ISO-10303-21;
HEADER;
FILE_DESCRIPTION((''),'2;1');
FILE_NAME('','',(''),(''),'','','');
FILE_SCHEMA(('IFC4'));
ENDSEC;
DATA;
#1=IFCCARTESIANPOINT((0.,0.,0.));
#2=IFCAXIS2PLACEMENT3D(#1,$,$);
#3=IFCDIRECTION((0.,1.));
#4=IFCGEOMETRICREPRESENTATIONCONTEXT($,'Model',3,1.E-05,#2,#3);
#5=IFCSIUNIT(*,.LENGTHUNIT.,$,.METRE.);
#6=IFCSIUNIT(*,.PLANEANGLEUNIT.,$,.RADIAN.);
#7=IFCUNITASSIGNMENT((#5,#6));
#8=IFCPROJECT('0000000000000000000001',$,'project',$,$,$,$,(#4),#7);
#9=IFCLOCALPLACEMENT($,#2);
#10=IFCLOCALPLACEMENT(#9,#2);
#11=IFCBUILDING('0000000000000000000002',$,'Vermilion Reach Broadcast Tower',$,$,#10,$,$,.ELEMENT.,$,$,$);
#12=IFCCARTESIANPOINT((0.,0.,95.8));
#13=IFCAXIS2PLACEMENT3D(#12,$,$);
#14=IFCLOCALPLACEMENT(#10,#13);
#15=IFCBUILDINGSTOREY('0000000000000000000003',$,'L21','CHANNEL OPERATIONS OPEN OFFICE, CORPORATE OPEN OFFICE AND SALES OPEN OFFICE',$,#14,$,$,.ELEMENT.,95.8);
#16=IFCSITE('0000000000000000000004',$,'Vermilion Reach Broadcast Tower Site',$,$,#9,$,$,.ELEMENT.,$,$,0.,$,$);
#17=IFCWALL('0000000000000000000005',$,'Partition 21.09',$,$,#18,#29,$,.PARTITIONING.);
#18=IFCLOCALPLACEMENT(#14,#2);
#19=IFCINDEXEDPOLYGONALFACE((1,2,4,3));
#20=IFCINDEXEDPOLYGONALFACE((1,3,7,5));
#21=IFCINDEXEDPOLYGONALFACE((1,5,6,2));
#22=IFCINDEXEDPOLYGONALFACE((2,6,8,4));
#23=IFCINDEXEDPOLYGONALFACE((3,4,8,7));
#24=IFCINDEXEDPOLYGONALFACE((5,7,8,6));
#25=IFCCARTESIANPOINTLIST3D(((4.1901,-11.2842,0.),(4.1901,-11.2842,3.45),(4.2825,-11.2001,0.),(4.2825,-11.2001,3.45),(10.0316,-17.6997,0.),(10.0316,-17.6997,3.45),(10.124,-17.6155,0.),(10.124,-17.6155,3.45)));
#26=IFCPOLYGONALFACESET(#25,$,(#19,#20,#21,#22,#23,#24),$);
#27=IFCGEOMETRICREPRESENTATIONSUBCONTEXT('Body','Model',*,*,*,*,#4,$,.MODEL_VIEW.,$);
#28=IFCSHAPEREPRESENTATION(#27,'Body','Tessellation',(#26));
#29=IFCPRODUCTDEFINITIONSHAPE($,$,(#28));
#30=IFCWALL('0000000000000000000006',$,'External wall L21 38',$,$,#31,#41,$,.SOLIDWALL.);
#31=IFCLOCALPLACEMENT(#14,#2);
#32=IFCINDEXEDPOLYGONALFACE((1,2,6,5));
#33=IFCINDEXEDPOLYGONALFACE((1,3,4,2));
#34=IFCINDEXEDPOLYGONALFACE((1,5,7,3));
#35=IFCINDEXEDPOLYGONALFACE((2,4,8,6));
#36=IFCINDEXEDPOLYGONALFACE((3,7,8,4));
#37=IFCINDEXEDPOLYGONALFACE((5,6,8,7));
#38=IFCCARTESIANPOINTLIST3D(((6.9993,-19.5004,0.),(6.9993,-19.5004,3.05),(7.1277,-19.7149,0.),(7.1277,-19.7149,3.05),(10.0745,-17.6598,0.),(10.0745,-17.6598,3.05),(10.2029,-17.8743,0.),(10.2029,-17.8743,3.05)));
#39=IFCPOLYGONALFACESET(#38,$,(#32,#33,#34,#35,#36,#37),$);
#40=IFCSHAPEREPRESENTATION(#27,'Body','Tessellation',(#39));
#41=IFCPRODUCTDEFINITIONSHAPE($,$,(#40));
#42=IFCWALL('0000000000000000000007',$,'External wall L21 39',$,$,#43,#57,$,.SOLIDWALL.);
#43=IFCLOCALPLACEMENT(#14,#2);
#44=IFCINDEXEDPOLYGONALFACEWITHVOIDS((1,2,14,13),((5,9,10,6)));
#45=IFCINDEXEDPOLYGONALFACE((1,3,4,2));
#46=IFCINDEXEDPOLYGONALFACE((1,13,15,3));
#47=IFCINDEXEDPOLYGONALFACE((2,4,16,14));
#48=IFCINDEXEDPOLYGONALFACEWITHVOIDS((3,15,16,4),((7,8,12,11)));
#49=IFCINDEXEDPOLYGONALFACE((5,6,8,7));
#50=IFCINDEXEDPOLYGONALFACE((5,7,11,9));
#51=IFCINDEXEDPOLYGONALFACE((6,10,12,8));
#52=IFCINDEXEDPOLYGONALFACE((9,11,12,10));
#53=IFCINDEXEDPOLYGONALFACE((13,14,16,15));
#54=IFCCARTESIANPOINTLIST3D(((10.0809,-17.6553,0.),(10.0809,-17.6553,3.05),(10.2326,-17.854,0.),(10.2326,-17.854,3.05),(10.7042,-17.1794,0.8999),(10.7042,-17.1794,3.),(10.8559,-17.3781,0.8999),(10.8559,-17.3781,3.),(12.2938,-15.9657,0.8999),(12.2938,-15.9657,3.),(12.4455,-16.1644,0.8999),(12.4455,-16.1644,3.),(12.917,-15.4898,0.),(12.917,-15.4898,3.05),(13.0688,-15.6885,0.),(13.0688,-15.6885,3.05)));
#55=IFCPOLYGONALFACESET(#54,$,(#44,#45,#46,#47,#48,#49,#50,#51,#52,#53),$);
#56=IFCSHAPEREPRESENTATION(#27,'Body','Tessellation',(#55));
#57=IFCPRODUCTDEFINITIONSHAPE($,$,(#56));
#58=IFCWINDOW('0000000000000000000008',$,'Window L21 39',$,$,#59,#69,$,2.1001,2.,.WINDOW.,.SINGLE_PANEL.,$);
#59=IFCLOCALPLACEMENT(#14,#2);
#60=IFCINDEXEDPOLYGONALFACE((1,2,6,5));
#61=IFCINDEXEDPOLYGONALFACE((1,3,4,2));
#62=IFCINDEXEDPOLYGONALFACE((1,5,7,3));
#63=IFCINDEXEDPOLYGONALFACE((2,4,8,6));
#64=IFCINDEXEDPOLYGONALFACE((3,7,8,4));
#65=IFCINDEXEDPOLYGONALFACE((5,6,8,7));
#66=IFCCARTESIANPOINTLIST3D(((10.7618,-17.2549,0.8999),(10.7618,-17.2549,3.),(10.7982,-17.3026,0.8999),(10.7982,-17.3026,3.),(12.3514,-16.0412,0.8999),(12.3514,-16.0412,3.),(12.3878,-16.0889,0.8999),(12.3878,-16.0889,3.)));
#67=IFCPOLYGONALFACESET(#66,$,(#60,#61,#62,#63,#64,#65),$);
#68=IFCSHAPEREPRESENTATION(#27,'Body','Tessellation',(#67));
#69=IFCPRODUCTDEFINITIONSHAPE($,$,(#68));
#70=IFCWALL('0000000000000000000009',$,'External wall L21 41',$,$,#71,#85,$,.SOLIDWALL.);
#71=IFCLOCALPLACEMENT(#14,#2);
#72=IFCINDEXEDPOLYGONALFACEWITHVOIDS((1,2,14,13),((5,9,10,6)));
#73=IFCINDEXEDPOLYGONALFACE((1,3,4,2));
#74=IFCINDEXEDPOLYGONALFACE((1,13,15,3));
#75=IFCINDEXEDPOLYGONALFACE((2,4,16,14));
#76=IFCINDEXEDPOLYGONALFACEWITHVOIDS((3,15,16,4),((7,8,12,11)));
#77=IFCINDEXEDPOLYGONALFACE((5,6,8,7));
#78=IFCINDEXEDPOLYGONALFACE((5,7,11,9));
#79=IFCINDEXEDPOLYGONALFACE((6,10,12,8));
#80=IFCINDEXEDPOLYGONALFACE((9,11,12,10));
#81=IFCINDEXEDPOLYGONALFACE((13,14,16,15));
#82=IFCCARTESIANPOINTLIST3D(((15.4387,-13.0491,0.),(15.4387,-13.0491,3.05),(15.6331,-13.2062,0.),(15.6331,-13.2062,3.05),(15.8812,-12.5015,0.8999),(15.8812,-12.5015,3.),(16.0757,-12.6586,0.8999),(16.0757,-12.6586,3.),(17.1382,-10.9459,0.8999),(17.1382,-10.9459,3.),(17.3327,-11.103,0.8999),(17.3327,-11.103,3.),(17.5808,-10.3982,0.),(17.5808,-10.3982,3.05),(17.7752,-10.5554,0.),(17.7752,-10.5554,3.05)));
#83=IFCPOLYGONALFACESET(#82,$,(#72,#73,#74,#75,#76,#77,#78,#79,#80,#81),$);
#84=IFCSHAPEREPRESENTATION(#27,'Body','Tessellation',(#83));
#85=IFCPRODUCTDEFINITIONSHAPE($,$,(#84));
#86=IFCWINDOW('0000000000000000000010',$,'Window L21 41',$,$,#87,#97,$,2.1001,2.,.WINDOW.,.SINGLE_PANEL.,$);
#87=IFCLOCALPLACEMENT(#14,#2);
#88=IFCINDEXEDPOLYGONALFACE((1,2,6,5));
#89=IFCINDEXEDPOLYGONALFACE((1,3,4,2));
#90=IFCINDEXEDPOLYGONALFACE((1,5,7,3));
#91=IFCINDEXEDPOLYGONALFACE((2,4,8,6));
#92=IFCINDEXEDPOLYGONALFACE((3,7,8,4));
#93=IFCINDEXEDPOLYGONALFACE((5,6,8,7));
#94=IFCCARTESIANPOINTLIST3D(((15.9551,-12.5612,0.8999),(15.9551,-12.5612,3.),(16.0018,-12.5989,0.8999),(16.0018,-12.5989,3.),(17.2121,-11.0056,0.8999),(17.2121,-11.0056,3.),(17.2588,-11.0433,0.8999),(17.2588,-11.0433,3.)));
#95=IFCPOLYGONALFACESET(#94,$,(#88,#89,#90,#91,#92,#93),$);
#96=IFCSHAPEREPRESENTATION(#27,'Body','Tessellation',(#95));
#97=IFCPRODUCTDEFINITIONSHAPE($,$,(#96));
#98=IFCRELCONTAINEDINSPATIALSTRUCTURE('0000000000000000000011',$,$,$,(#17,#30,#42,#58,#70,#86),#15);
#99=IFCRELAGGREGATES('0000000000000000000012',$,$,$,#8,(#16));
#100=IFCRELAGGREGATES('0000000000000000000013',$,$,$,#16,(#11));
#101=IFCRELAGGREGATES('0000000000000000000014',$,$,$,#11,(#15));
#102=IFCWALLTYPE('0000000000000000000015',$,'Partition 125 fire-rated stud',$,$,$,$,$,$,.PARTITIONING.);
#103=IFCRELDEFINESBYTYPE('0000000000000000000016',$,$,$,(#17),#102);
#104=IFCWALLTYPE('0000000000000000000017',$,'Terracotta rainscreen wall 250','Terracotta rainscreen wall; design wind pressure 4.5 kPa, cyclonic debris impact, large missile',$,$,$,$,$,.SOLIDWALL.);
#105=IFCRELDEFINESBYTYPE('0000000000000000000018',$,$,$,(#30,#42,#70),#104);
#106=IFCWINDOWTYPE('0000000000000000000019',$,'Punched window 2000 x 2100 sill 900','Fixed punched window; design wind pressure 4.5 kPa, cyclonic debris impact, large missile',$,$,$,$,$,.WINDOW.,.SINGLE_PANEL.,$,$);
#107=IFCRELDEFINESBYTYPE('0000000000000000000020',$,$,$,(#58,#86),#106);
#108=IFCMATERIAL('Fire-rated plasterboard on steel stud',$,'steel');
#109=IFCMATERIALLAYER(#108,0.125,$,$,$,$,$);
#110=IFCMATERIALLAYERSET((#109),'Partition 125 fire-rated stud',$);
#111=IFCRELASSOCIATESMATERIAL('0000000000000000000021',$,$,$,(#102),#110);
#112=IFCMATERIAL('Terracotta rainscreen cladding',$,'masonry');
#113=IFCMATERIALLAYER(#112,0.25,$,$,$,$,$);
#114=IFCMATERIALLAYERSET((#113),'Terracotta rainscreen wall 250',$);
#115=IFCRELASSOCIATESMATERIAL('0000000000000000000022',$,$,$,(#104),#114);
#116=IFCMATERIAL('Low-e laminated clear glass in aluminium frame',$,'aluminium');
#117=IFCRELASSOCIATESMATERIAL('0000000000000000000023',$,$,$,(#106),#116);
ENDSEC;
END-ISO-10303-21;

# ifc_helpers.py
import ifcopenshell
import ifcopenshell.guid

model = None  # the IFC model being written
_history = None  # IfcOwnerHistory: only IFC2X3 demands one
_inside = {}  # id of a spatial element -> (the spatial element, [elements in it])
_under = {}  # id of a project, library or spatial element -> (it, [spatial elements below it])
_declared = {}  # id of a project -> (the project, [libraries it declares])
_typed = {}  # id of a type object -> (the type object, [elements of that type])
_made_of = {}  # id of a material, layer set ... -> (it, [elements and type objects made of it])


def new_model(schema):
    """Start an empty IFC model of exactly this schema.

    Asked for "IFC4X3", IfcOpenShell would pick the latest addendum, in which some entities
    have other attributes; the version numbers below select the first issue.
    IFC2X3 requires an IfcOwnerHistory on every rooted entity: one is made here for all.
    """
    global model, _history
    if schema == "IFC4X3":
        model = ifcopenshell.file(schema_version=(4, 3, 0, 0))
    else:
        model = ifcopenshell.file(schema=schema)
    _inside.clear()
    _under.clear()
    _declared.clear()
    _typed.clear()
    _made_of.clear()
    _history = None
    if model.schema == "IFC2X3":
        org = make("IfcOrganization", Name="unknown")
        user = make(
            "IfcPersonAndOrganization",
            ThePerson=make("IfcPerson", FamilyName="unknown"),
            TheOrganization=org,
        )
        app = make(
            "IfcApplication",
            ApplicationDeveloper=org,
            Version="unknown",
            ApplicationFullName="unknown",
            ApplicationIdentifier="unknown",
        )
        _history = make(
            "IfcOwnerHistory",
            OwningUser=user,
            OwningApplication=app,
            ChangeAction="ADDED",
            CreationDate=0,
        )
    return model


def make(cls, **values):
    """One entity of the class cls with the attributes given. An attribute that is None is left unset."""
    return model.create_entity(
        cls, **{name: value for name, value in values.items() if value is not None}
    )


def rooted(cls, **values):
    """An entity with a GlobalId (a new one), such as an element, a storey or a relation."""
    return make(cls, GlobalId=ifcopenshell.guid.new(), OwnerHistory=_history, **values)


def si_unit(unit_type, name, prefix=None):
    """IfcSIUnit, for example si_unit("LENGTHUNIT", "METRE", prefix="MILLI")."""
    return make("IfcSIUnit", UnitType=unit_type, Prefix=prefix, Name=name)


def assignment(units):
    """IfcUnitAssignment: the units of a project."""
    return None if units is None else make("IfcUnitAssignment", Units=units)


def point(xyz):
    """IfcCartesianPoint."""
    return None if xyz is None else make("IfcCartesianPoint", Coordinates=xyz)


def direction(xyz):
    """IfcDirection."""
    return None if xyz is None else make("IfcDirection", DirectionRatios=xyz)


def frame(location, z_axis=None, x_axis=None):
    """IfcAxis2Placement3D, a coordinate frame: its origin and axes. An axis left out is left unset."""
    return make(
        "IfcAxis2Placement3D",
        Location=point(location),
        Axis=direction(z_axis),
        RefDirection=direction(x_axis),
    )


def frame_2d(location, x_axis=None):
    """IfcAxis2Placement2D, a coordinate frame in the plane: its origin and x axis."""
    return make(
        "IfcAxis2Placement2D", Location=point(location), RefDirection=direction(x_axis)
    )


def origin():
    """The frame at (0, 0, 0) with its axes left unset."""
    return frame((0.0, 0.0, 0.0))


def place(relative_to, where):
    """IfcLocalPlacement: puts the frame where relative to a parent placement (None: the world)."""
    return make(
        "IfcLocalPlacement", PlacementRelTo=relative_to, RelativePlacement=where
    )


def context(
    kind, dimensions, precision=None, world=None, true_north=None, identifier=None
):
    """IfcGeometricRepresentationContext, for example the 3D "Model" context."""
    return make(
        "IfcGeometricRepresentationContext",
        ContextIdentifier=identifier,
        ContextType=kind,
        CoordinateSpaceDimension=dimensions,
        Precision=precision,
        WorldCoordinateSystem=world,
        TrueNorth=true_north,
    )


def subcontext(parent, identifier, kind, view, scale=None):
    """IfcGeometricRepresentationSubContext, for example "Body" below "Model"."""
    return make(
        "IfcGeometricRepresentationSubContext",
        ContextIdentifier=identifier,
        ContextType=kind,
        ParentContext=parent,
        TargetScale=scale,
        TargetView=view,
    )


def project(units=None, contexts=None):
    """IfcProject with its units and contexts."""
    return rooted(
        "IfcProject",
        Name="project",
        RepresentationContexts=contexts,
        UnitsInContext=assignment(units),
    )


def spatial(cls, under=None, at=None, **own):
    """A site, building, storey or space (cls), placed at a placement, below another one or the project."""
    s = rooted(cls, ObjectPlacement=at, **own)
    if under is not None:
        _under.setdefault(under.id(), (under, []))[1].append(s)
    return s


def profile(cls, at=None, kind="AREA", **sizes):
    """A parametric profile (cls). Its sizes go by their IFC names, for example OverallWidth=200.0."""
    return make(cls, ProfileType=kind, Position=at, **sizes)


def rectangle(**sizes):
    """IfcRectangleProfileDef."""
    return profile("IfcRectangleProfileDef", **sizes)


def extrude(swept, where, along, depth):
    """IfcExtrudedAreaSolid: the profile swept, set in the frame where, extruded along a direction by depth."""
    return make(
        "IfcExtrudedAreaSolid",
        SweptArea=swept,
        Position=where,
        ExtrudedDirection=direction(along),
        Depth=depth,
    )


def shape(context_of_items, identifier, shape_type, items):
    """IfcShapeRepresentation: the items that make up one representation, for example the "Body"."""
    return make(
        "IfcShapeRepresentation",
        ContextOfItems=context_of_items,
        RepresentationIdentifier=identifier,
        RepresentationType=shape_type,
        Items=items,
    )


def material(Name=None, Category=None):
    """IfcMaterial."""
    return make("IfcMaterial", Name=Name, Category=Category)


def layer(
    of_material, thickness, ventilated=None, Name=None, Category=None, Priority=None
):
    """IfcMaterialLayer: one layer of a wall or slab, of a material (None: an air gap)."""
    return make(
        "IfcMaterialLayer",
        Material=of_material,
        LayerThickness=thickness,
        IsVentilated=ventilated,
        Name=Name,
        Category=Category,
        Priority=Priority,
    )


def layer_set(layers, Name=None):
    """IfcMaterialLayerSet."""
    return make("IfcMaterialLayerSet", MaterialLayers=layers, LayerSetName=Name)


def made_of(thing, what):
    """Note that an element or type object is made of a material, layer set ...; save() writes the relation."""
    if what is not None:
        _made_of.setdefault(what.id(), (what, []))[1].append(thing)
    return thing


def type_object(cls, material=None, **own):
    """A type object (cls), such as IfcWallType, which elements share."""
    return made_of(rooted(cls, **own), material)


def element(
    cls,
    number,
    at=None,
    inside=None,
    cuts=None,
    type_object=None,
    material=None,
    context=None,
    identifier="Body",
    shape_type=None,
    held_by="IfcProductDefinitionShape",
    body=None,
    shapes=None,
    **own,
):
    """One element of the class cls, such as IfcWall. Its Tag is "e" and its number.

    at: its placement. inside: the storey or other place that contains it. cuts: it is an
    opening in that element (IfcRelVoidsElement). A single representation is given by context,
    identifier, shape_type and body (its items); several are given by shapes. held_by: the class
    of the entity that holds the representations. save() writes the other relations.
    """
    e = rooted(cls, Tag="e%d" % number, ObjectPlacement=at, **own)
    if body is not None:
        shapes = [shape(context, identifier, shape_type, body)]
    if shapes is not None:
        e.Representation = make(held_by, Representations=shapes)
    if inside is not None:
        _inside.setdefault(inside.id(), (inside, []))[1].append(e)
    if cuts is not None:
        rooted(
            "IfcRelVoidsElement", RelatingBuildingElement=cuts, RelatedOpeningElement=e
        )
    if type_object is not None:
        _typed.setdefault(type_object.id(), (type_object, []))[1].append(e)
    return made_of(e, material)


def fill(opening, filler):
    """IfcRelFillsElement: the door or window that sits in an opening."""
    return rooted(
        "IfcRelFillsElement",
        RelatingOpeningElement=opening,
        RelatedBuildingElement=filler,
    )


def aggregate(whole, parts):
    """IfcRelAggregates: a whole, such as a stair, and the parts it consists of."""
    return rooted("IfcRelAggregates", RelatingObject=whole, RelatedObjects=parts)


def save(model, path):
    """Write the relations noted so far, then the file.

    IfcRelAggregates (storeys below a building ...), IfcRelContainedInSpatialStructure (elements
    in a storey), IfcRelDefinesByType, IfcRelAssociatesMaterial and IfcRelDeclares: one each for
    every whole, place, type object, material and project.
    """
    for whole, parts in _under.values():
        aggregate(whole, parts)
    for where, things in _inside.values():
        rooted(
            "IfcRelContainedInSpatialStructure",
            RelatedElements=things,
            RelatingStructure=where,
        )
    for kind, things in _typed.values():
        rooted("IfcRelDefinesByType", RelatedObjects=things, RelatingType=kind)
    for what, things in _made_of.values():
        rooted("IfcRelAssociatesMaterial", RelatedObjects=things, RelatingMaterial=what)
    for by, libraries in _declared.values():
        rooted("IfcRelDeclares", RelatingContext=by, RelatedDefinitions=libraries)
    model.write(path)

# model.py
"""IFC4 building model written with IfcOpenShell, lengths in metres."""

from ifc_helpers import new_model, si_unit, direction, frame, frame_2d, origin, place, context, subcontext, project, spatial, rectangle, extrude, material, layer, layer_set, type_object, element, fill, save


model = new_model("IFC4")

# Units and contexts
model_context = context("Model", 3, precision=1e-05, world=origin(), true_north=direction((0.0, 1.0)))
body_context = subcontext(model_context, "Body", "Model", "MODEL_VIEW")
ifc_project = project(units=[si_unit("LENGTHUNIT", "METRE"), si_unit("PLANEANGLEUNIT", "RADIAN")], contexts=[model_context])

# Site, building, storey
site_placement = place(None, origin())
site = spatial("IfcSite", under=ifc_project, at=site_placement, Name="Vermilion Reach Broadcast Tower Site", CompositionType="ELEMENT", RefElevation=0.0)
building_placement = place(site_placement, origin())
building = spatial("IfcBuilding", under=site, at=building_placement, Name="Vermilion Reach Broadcast Tower", CompositionType="ELEMENT")
storey_placement = place(building_placement, frame((0.0, 0.0, 95.8)))
storey = spatial("IfcBuildingStorey", under=building, at=storey_placement, Name="L21", Description="CHANNEL OPERATIONS OPEN OFFICE, CORPORATE OPEN OFFICE AND SALES OPEN OFFICE", CompositionType="ELEMENT", Elevation=95.8)

# Walls
ifc_material_1 = material(Name="Fire-rated plasterboard on steel stud", Category="steel")
ifc_layer_1 = layer(ifc_material_1, 0.125)
ifc_layer_set_1 = layer_set([ifc_layer_1], Name="Partition 125 fire-rated stud")
wall_type_1 = type_object("IfcWallType", Name="Partition 125 fire-rated stud", PredefinedType="PARTITIONING", material=ifc_layer_set_1)
wall_1_placement = place(storey_placement, frame((10.0779, -17.6577, 0.0), z_axis=(0.0, 0.0, 1.0), x_axis=(-0.673257, 0.739409, 0.0)))
element("IfcWall", 1, at=wall_1_placement, inside=storey, type_object=wall_type_1, Name="Partition 21.09", PredefinedType="PARTITIONING", context=body_context, shape_type="SweptSolid", body=[
    extrude(rectangle(XDim=8.6765, YDim=0.125, at=frame_2d((4.3384, 0.0))), origin(), (0.0, 0.0, 1.0), 3.45),
])
ifc_material_2 = material(Name="Terracotta rainscreen cladding", Category="masonry")
ifc_layer_2 = layer(ifc_material_2, 0.25)
ifc_layer_set_2 = layer_set([ifc_layer_2], Name="Terracotta rainscreen wall 250")
wall_type_2 = type_object("IfcWallType", Name="Terracotta rainscreen wall 250", Description="Terracotta rainscreen wall; design wind pressure 4.5 kPa, cyclonic debris impact, large missile", PredefinedType="SOLIDWALL", material=ifc_layer_set_2)
wall_2_placement = place(storey_placement, frame((7.0635, -19.6077, 0.0), z_axis=(0.0, 0.0, 1.0), x_axis=(0.858051, 0.513564, 0.0)))
element("IfcWall", 2, at=wall_2_placement, inside=storey, type_object=wall_type_2, Name="External wall L21 38", PredefinedType="SOLIDWALL", context=body_context, shape_type="SweptSolid", body=[
    extrude(rectangle(XDim=3.584, YDim=0.25, at=frame_2d((1.792, 0.0))), origin(), (0.0, 0.0, 1.0), 3.05),
])

# Wall, opening, window
wall_3_placement = place(storey_placement, frame((10.1567, -17.7546, 0.0), z_axis=(0.0, 0.0, 1.0), x_axis=(0.794806, 0.606863, 0.0)))
wall_3 = element("IfcWall", 3, at=wall_3_placement, inside=storey, type_object=wall_type_2, Name="External wall L21 39", PredefinedType="SOLIDWALL", context=body_context, shape_type="SweptSolid", body=[
    extrude(rectangle(XDim=3.5684, YDim=0.25, at=frame_2d((1.7842, 0.0))), origin(), (0.0, 0.0, 1.0), 3.05),
])
opening_1_placement = place(wall_3_placement, frame((0.7842, 0.0, 0.8999)))
opening_1 = element("IfcOpeningElement", 4, at=opening_1_placement, cuts=wall_3, PredefinedType="OPENING", context=body_context, shape_type="SweptSolid", body=[
    extrude(rectangle(XDim=2.0, YDim=2.1001, at=frame_2d((1.0, 1.05))), frame((0.0, 0.135, 0.0), z_axis=(0.0, -1.0, 0.0), x_axis=(1.0, 0.0, 0.0)), (0.0, 0.0, 1.0), 0.27),
])
ifc_material_3 = material(Name="Low-e laminated clear glass in aluminium frame", Category="aluminium")
window_type = type_object("IfcWindowType", Name="Punched window 2000 x 2100 sill 900", Description="Fixed punched window; design wind pressure 4.5 kPa, cyclonic debris impact, large missile", PartitioningType="SINGLE_PANEL", PredefinedType="WINDOW", material=ifc_material_3)
window_1_placement = place(opening_1_placement, origin())
window_1 = element("IfcWindow", 5, at=window_1_placement, inside=storey, type_object=window_type, Name="Window L21 39", OverallHeight=2.1001, OverallWidth=2.0, PartitioningType="SINGLE_PANEL", PredefinedType="WINDOW", context=body_context, shape_type="SweptSolid", body=[
    extrude(rectangle(XDim=2.0, YDim=2.1001, at=frame_2d((1.0, 1.05))), frame((0.0, 0.03, 0.0), z_axis=(0.0, -1.0, 0.0), x_axis=(1.0, 0.0, 0.0)), (0.0, 0.0, 1.0), 0.0601),
])
fill(opening_1, window_1)

# Wall, opening, window
wall_4_placement = place(storey_placement, frame((15.5359, -13.1277, 0.0), z_axis=(0.0, 0.0, 1.0), x_axis=(0.628514, 0.777798, 0.0)))
wall_4 = element("IfcWall", 6, at=wall_4_placement, inside=storey, type_object=wall_type_2, Name="External wall L21 41", PredefinedType="SOLIDWALL", context=body_context, shape_type="SweptSolid", body=[
    extrude(rectangle(XDim=3.4082, YDim=0.25, at=frame_2d((1.7041, 0.0))), origin(), (0.0, 0.0, 1.0), 3.05),
])
opening_2_placement = place(wall_4_placement, frame((0.7041, 0.0, 0.8999)))
opening_2 = element("IfcOpeningElement", 7, at=opening_2_placement, cuts=wall_4, PredefinedType="OPENING", context=body_context, shape_type="SweptSolid", body=[
    extrude(rectangle(XDim=2.0, YDim=2.1001, at=frame_2d((1.0, 1.05))), frame((0.0, 0.135, 0.0), z_axis=(0.0, -1.0, 0.0), x_axis=(1.0, 0.0, 0.0)), (0.0, 0.0, 1.0), 0.27),
])
window_2_placement = place(opening_2_placement, origin())
window_2 = element("IfcWindow", 8, at=window_2_placement, inside=storey, type_object=window_type, Name="Window L21 41", OverallHeight=2.1001, OverallWidth=2.0, PartitioningType="SINGLE_PANEL", PredefinedType="WINDOW", context=body_context, shape_type="SweptSolid", body=[
    extrude(rectangle(XDim=2.0, YDim=2.1001, at=frame_2d((1.0, 1.05))), frame((0.0, 0.03, 0.0), z_axis=(0.0, -1.0, 0.0), x_axis=(1.0, 0.0, 0.0)), (0.0, 0.0, 1.0), 0.0601),
])
fill(opening_2, window_2)

save(model, "model.ifc")
